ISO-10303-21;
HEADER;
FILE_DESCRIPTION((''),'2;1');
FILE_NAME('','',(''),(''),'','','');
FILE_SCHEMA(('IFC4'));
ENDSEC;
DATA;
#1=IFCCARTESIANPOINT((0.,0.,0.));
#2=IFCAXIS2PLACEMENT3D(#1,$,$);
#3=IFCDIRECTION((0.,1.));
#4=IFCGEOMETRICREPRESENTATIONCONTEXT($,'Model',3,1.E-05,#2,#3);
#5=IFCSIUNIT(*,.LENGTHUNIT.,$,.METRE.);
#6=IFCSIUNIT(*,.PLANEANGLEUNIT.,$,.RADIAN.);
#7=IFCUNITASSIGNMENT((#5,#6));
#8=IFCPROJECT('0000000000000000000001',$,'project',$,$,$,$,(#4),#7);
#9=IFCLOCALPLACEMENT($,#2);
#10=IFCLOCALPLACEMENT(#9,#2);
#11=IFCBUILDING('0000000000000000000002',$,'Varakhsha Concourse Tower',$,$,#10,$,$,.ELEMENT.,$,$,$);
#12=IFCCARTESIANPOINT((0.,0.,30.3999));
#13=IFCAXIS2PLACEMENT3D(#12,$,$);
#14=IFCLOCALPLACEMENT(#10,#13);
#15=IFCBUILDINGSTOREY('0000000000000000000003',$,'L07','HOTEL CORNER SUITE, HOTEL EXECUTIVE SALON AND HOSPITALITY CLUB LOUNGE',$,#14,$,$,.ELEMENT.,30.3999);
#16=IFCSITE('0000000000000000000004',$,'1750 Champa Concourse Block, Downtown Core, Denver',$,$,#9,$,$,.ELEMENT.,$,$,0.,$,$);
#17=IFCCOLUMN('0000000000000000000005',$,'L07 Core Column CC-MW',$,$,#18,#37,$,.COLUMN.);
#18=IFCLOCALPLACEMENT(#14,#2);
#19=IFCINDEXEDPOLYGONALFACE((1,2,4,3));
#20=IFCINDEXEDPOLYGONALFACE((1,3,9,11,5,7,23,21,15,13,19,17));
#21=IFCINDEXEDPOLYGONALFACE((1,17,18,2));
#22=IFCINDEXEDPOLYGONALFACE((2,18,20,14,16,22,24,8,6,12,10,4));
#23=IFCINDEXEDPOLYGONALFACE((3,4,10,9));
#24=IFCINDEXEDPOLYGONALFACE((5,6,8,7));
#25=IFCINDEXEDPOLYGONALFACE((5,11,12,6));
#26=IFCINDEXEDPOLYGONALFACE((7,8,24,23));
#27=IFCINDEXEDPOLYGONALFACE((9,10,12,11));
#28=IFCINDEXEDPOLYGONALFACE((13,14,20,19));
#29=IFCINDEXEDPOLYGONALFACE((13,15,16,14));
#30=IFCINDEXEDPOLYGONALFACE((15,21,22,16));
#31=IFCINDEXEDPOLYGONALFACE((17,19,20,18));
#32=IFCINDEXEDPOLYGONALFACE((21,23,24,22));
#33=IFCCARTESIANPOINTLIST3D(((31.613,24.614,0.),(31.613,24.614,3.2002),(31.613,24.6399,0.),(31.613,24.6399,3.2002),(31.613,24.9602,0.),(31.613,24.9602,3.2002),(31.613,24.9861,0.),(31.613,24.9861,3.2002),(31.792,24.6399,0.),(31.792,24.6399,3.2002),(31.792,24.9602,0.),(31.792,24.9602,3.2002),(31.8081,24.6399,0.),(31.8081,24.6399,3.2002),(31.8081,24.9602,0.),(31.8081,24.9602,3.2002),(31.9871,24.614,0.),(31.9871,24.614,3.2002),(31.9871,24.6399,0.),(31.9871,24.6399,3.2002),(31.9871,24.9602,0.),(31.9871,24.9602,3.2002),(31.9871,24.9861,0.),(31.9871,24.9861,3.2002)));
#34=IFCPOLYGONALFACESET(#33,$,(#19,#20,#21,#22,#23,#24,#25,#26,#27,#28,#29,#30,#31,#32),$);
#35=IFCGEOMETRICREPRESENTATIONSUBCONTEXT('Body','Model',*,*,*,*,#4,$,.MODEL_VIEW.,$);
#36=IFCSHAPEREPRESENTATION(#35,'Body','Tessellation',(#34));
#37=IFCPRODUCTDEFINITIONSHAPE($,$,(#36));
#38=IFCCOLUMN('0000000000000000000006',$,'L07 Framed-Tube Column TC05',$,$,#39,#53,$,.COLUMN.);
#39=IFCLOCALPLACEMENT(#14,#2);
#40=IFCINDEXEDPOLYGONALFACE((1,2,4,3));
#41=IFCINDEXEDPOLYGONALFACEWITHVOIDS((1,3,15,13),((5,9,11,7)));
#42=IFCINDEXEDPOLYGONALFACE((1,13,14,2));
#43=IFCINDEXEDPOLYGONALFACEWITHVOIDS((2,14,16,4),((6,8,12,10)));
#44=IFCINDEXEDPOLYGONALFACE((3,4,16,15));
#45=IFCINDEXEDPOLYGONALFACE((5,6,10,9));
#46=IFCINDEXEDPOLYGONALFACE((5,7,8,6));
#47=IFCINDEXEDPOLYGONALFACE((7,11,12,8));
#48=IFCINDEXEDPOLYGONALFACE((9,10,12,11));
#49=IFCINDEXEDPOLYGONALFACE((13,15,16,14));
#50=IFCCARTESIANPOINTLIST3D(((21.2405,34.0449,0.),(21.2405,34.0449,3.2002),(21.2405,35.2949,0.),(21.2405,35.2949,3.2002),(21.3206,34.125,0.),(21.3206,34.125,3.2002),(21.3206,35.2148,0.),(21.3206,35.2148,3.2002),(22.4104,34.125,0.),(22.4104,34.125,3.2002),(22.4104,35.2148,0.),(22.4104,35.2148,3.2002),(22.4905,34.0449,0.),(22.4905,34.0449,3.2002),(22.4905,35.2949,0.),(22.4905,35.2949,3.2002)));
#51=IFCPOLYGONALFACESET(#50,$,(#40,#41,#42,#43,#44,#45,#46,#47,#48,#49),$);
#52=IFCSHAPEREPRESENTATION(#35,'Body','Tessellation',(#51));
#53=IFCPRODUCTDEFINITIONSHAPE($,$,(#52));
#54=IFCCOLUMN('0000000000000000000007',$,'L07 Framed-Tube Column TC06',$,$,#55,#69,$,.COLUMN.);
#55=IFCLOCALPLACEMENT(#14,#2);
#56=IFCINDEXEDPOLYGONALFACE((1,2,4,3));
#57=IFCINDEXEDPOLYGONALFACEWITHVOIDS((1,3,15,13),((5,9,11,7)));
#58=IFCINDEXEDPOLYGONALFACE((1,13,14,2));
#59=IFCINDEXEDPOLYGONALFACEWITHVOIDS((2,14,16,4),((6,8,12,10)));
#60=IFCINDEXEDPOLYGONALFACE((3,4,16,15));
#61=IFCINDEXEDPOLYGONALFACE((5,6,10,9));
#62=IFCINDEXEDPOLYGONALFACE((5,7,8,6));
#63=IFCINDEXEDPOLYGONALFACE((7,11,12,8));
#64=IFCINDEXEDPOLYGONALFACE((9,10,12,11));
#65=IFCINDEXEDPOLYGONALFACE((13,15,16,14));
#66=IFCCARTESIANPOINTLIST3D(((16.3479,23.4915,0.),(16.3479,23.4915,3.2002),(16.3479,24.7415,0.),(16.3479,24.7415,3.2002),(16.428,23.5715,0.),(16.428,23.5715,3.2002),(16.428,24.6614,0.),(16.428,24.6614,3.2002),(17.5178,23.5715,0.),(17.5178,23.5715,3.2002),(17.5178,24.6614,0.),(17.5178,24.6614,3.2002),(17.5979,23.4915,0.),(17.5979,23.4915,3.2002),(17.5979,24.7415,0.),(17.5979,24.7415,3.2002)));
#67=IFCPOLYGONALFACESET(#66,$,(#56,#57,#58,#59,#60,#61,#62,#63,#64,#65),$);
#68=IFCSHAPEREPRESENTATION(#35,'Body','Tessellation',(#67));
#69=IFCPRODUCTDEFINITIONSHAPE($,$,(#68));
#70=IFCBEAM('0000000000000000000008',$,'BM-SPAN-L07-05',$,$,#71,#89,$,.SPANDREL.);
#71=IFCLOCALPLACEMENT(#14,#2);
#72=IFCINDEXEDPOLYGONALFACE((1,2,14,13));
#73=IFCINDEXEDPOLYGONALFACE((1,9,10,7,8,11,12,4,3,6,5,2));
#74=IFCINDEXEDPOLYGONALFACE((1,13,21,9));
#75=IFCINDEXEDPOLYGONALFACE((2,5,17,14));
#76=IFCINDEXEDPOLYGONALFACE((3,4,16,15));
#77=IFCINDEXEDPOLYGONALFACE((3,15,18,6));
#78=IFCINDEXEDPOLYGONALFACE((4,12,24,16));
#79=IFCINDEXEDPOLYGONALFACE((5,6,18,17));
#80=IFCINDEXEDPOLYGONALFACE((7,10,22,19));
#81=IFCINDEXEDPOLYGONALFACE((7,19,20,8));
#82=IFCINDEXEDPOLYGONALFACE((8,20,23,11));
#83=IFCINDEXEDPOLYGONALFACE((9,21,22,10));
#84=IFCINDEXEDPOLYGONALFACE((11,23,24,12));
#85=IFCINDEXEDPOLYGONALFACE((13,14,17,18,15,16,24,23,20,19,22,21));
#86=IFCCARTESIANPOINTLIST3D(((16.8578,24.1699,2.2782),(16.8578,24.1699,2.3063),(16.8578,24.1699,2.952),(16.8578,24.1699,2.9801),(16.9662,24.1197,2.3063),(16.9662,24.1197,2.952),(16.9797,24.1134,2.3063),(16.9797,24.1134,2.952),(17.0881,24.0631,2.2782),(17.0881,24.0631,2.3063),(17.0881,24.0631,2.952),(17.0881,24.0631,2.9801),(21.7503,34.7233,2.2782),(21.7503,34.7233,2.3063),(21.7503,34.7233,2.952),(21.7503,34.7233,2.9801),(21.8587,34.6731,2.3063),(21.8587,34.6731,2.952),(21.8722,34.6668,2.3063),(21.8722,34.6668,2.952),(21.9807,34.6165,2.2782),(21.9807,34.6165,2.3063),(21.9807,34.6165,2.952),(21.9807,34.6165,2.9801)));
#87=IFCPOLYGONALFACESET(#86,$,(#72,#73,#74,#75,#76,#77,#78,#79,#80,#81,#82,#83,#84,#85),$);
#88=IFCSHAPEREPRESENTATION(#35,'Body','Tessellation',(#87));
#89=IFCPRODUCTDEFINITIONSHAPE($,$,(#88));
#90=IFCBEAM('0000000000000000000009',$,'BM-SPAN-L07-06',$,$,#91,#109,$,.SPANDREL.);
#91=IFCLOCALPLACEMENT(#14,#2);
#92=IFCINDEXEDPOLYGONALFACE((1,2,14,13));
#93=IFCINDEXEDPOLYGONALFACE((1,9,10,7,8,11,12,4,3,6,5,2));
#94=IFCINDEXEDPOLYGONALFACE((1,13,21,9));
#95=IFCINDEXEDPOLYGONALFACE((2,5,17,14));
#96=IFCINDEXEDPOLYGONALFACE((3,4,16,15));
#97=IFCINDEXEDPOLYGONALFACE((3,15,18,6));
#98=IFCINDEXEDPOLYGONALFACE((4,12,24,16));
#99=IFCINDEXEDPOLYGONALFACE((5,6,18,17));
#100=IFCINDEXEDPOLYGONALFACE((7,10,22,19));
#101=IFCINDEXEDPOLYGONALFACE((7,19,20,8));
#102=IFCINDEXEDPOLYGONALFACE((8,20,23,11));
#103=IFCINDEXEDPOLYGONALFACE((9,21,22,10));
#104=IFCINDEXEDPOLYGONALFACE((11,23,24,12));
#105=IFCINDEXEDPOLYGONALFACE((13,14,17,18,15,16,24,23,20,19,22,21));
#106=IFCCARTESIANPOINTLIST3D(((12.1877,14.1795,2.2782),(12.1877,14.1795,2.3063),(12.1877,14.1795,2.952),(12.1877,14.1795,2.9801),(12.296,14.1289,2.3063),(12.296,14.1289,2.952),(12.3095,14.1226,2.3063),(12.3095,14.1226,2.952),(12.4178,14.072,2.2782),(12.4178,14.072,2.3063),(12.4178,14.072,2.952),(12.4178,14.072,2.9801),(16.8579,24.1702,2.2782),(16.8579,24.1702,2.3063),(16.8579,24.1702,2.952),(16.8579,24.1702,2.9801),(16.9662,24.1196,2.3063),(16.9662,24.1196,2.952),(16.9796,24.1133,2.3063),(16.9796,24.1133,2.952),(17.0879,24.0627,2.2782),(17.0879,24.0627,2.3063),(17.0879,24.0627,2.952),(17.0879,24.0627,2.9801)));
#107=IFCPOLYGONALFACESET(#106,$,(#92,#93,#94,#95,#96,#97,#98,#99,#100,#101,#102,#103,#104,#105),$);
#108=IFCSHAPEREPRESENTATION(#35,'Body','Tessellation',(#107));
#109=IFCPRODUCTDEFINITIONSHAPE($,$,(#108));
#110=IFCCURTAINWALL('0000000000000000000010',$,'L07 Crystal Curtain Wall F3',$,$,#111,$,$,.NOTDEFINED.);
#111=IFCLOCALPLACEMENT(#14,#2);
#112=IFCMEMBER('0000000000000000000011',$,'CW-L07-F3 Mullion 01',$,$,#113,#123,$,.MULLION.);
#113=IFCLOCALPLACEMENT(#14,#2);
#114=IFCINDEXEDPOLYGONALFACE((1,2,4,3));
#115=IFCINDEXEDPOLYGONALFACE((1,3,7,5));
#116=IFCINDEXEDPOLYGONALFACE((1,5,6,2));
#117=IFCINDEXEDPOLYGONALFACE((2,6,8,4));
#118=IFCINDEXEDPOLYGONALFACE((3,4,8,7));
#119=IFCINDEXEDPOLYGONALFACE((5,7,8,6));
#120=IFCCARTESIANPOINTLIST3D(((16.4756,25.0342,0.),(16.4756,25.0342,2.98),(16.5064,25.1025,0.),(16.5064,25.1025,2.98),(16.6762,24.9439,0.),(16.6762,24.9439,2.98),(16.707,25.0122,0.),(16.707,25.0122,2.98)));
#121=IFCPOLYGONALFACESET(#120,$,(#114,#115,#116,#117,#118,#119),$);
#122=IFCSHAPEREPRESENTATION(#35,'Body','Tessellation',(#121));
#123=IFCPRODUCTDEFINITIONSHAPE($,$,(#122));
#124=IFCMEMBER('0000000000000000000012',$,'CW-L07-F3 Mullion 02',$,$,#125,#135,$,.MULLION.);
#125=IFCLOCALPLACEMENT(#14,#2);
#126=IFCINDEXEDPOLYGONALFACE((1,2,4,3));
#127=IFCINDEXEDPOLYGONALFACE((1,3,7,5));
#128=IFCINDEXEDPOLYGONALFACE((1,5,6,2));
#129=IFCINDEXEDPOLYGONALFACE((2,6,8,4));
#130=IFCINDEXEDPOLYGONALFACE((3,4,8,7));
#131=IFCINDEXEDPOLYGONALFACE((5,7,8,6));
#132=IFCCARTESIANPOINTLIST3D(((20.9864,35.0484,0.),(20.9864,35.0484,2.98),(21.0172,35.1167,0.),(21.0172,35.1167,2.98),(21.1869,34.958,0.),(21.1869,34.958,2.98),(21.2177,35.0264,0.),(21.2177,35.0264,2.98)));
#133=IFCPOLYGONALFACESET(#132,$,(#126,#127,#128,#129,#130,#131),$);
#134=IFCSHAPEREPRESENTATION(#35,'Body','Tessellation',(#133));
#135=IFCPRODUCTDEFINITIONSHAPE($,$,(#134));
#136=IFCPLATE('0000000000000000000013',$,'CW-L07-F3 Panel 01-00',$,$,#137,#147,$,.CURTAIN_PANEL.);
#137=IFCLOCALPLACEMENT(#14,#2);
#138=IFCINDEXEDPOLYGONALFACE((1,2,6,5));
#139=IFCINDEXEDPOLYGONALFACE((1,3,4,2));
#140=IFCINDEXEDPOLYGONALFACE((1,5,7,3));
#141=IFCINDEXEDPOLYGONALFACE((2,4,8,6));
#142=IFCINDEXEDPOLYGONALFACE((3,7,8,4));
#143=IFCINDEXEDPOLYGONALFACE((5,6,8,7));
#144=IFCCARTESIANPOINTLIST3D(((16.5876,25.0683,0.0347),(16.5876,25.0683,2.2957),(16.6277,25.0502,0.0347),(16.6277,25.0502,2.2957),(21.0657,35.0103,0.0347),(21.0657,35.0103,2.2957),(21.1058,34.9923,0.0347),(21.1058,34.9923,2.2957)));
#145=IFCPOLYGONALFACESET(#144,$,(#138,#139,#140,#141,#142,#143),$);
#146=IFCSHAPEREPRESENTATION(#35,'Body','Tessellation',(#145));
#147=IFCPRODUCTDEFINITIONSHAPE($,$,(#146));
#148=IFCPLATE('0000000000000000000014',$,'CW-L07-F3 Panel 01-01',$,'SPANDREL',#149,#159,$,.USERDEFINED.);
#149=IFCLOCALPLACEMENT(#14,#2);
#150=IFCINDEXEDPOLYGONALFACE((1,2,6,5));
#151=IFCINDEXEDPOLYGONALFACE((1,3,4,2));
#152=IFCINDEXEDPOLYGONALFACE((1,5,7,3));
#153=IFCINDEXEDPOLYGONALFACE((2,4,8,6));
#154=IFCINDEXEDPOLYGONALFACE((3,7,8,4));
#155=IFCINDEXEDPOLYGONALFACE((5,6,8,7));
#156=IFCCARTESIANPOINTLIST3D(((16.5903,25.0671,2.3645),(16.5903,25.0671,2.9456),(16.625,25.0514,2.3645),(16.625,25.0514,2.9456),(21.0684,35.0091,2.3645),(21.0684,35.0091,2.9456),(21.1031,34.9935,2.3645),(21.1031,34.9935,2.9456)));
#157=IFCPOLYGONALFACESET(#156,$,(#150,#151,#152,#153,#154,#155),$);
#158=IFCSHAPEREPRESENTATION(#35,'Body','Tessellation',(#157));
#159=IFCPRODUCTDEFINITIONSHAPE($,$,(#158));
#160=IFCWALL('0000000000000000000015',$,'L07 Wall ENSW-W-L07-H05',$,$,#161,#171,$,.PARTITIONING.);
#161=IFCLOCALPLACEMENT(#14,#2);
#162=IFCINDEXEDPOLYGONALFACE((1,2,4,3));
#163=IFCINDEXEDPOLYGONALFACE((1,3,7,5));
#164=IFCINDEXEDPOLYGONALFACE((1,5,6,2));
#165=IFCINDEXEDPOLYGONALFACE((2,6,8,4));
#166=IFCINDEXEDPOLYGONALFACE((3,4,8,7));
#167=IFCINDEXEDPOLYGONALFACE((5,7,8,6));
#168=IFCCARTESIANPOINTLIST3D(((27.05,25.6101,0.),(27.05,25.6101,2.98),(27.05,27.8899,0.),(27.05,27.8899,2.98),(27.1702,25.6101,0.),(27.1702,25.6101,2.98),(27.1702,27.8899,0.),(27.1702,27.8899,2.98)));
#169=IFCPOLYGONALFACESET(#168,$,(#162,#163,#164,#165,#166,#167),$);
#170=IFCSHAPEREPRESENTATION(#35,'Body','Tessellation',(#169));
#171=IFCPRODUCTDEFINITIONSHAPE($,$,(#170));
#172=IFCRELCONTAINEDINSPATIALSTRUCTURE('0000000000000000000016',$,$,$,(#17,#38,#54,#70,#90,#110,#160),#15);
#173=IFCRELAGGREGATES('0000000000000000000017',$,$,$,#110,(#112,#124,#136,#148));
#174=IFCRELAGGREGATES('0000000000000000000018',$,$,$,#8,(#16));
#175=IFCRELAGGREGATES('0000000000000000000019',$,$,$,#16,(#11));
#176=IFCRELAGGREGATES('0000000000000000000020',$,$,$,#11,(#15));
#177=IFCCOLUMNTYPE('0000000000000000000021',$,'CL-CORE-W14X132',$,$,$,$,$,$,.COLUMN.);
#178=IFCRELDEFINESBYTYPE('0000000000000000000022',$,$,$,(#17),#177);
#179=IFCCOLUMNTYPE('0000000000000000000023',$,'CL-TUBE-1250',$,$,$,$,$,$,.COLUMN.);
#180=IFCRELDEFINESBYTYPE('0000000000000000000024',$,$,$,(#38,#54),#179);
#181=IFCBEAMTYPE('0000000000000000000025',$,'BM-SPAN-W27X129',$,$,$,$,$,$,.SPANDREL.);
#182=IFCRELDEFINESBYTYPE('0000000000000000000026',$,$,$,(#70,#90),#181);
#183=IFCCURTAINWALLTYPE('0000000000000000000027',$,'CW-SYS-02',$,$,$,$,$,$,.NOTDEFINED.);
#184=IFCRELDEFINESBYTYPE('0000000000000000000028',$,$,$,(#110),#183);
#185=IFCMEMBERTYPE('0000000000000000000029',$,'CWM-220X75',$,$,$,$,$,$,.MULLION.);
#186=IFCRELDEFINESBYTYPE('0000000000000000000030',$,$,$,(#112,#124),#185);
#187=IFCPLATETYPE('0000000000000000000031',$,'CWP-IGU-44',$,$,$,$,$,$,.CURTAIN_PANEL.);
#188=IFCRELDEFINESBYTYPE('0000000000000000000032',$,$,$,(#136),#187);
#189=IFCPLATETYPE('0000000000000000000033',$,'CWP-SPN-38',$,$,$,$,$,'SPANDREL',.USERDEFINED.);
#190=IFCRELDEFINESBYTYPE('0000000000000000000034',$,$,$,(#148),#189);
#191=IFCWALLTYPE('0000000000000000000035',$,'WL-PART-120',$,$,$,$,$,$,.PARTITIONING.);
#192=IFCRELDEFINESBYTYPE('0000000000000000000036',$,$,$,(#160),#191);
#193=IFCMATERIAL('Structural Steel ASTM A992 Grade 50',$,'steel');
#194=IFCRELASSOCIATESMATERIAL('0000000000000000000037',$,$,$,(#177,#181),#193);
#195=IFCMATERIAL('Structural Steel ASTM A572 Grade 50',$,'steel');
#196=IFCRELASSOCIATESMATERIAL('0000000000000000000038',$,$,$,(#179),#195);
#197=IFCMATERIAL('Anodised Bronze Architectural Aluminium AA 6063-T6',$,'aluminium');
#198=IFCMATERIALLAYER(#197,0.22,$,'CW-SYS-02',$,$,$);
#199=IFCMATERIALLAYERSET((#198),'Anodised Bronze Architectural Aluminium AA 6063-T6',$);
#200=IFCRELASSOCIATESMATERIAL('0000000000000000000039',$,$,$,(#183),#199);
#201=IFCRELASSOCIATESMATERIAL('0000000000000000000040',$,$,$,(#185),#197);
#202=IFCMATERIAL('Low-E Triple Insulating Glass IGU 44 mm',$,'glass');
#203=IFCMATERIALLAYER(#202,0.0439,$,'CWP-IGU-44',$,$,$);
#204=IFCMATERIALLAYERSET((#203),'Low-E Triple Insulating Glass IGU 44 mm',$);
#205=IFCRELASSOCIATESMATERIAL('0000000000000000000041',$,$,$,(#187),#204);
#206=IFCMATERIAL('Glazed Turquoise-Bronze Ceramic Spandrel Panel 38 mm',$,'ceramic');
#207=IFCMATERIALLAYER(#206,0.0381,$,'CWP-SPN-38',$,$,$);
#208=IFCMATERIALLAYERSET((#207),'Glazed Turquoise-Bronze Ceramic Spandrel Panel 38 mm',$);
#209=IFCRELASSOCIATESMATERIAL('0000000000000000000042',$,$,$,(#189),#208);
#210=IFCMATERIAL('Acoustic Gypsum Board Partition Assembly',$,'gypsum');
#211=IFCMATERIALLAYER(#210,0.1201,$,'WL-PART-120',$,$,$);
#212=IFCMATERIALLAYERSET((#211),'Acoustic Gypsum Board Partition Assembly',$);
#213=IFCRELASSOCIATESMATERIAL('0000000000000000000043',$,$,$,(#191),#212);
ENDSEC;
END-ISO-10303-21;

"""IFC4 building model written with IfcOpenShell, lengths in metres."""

from ifc_helpers import new_model, si_unit, direction, frame, frame_2d, origin, origin_2d, place, context, subcontext, project, spatial, rectangle, hollow_rectangle, i_section, extrude, source, transform, mapped, material, layer, layer_set, material_profile, profile_set, type_object, type_shapes, element, aggregate, save


model = new_model("IFC4")

# Units and contexts
model_context = context("Model", 3, precision=1e-05, world=origin(), true_north=direction((0.0, 1.0)))
body_context = subcontext(model_context, "Body", "Model", "MODEL_VIEW")
ifc_project = project(units=[si_unit("LENGTHUNIT", "METRE"), si_unit("PLANEANGLEUNIT", "RADIAN")], contexts=[model_context])

# Site, building, storey
site_placement = place(None, origin())
site = spatial("IfcSite", under=ifc_project, at=site_placement, Name="1750 Champa Concourse Block, Downtown Core, Denver", CompositionType="ELEMENT", RefElevation=0.0)
building_placement = place(site_placement, origin())
building = spatial("IfcBuilding", under=site, at=building_placement, Name="Varakhsha Concourse Tower", CompositionType="ELEMENT")
storey_placement = place(building_placement, frame((0.0, 0.0, 30.3999)))
storey = spatial("IfcBuildingStorey", under=building, at=storey_placement, Name="L07", Description="HOTEL CORNER SUITE, HOTEL EXECUTIVE SALON AND HOSPITALITY CLUB LOUNGE", CompositionType="ELEMENT", Elevation=30.3999)

# Columns
ifc_material_1 = material(Name="Structural Steel ASTM A992 Grade 50", Category="steel")
ifc_material_profile_1 = material_profile(ifc_material_1, i_section(OverallWidth=0.374, OverallDepth=0.3721, WebThickness=0.0161, FlangeThickness=0.0259, at=origin_2d()), Name="W14X132")
ifc_profile_set_1 = profile_set([ifc_material_profile_1], Name="Structural Steel ASTM A992 Grade 50")
column_type_1 = type_object("IfcColumnType", Name="CL-CORE-W14X132", PredefinedType="COLUMN", material=ifc_profile_set_1)
column_placement = place(storey_placement, frame((31.8, 24.8, 0.0), z_axis=(0.0, 0.0, 1.0), x_axis=(1.0, 0.0, 0.0)))
element("IfcColumn", 1, at=column_placement, inside=storey, type_object=column_type_1, Name="L07 Core Column CC-MW", PredefinedType="COLUMN", context=body_context, shape_type="SweptSolid", body=[
    extrude(i_section(OverallWidth=0.374, OverallDepth=0.3721, WebThickness=0.0161, FlangeThickness=0.0259, at=origin_2d()), origin(), (0.0, 0.0, 1.0), 3.2002),
])
ifc_material_2 = material(Name="Structural Steel ASTM A572 Grade 50", Category="steel")
ifc_material_profile_2 = material_profile(ifc_material_2, hollow_rectangle(XDim=1.25, YDim=1.25, WallThickness=0.0801, at=origin_2d()), Name="BOX 1250x1250x80")
ifc_profile_set_2 = profile_set([ifc_material_profile_2], Name="Structural Steel ASTM A572 Grade 50")
column_type_2 = type_object("IfcColumnType", Name="CL-TUBE-1250", PredefinedType="COLUMN", material=ifc_profile_set_2)
for number, where, z_axis, x_axis, name in (
    (2, (21.8655, 34.6699, 0.0), (0.0, 0.0, 1.0), (1.0, 0.0, 0.0), "L07 Framed-Tube Column TC05"),
    (3, (16.9729, 24.1165, 0.0), (0.0, 0.0, 1.0), (1.0, 0.0, 0.0), "L07 Framed-Tube Column TC06"),
):
    element("IfcColumn", number, at=place(storey_placement, frame(where, z_axis=z_axis, x_axis=x_axis)), inside=storey, type_object=column_type_2, Name=name, PredefinedType="COLUMN", context=body_context, shape_type="SweptSolid", body=[
        extrude(hollow_rectangle(XDim=1.25, YDim=1.25, WallThickness=0.0801, at=origin_2d()), origin(), (0.0, 0.0, 1.0), 3.2002),
    ])

# Beams
ifc_material_profile_3 = material_profile(ifc_material_1, i_section(OverallWidth=0.2539, OverallDepth=0.7019, WebThickness=0.0149, FlangeThickness=0.0281, at=origin_2d()), Name="W27X129")
ifc_profile_set_3 = profile_set([ifc_material_profile_3], Name="Structural Steel ASTM A992 Grade 50")
beam_type = type_object("IfcBeamType", Name="BM-SPAN-W27X129", PredefinedType="SPANDREL", material=ifc_profile_set_3)
beam_1_placement = place(storey_placement, frame((21.8655, 34.6699, 2.6292), z_axis=(-0.420599, -0.907247, 0.0), x_axis=(0.907247, -0.420599, 0.0)))
element("IfcBeam", 4, at=beam_1_placement, inside=storey, type_object=beam_type, Name="BM-SPAN-L07-05", PredefinedType="SPANDREL", context=body_context, shape_type="SweptSolid", body=[
    extrude(i_section(OverallWidth=0.2539, OverallDepth=0.7019, WebThickness=0.0149, FlangeThickness=0.0281, at=origin_2d()), origin(), (0.0, 0.0, 1.0), 11.6323),
])
beam_2_placement = place(storey_placement, frame((16.9729, 24.1165, 2.6292), z_axis=(-0.423468, -0.905911, 0.0), x_axis=(0.905911, -0.423468, 0.0)))
element("IfcBeam", 5, at=beam_2_placement, inside=storey, type_object=beam_type, Name="BM-SPAN-L07-06", PredefinedType="SPANDREL", context=body_context, shape_type="SweptSolid", body=[
    extrude(i_section(OverallWidth=0.2539, OverallDepth=0.7019, WebThickness=0.0149, FlangeThickness=0.0281, at=origin_2d()), origin(), (0.0, 0.0, 1.0), 11.0283),
])

# Curtain wall, members, plates
ifc_material_3 = material(Name="Anodised Bronze Architectural Aluminium AA 6063-T6", Category="aluminium")
ifc_layer_1 = layer(ifc_material_3, 0.22, Name="CW-SYS-02")
ifc_layer_set_1 = layer_set([ifc_layer_1], Name="Anodised Bronze Architectural Aluminium AA 6063-T6")
curtain_wall_type = type_object("IfcCurtainWallType", Name="CW-SYS-02", PredefinedType="NOTDEFINED", material=ifc_layer_set_1)
curtain_wall_placement = place(storey_placement, origin())
curtain_wall = element("IfcCurtainWall", 6, at=curtain_wall_placement, inside=storey, type_object=curtain_wall_type, Name="L07 Crystal Curtain Wall F3", PredefinedType="NOTDEFINED")
ifc_material_profile_4 = material_profile(ifc_material_3, rectangle(XDim=0.075, YDim=0.22, at=origin_2d()), Name="CWM-220X75")
ifc_profile_set_4 = profile_set([ifc_material_profile_4], Name="Anodised Bronze Architectural Aluminium AA 6063-T6")
member_type = type_object("IfcMemberType", Name="CWM-220X75", PredefinedType="MULLION", material=ifc_profile_set_4)
shared_shape_1 = source(origin(), body_context, "Body", "SweptSolid", [
    extrude(rectangle(XDim=0.075, YDim=0.22, at=origin_2d()), origin(), (0.0, 0.0, 1.0), 2.98),
])
type_shapes(member_type, [shared_shape_1])
member_1_placement = place(storey_placement, frame((16.5913, 25.0232, 0.0), z_axis=(0.0, 0.0, 1.0), x_axis=(0.410684, 0.911778, 0.0)))
member_1 = element("IfcMember", 7, at=member_1_placement, type_object=member_type, Name="CW-L07-F3 Mullion 01", PredefinedType="MULLION", context=body_context, shape_type="MappedRepresentation", body=[
    mapped(shared_shape_1, transform((0.0, 0.0, 0.0), scale=1.0)),
])
member_2_placement = place(storey_placement, frame((21.1021, 35.0374, 0.0), z_axis=(0.0, 0.0, 1.0), x_axis=(0.410684, 0.911778, 0.0)))
member_2 = element("IfcMember", 8, at=member_2_placement, type_object=member_type, Name="CW-L07-F3 Mullion 02", PredefinedType="MULLION", context=body_context, shape_type="MappedRepresentation", body=[
    mapped(shared_shape_1, transform((0.0, 0.0, 0.0), scale=1.0)),
])
ifc_material_4 = material(Name="Low-E Triple Insulating Glass IGU 44 mm", Category="glass")
ifc_layer_2 = layer(ifc_material_4, 0.0439, Name="CWP-IGU-44")
ifc_layer_set_2 = layer_set([ifc_layer_2], Name="Low-E Triple Insulating Glass IGU 44 mm")
plate_type_1 = type_object("IfcPlateType", Name="CWP-IGU-44", PredefinedType="CURTAIN_PANEL", material=ifc_layer_set_2)
shared_shape_2 = source(origin(), body_context, "Body", "SweptSolid", [
    extrude(rectangle(XDim=10.9041, YDim=0.0439, at=origin_2d()), origin(), (0.0, 0.0, 1.0), 2.261),
])
type_shapes(plate_type_1, [shared_shape_2])
plate_1_placement = place(storey_placement, frame((18.8467, 30.0303, 0.0347), z_axis=(0.0, 0.0, 1.0), x_axis=(0.410684, 0.911778, 0.0)))
plate_1 = element("IfcPlate", 9, at=plate_1_placement, type_object=plate_type_1, Name="CW-L07-F3 Panel 01-00", PredefinedType="CURTAIN_PANEL", context=body_context, shape_type="MappedRepresentation", body=[
    mapped(shared_shape_2, transform((0.0, 0.0, 0.0), scale=1.0)),
])
ifc_material_5 = material(Name="Glazed Turquoise-Bronze Ceramic Spandrel Panel 38 mm", Category="ceramic")
ifc_layer_3 = layer(ifc_material_5, 0.0381, Name="CWP-SPN-38")
ifc_layer_set_3 = layer_set([ifc_layer_3], Name="Glazed Turquoise-Bronze Ceramic Spandrel Panel 38 mm")
plate_type_2 = type_object("IfcPlateType", Name="CWP-SPN-38", ElementType="SPANDREL", PredefinedType="USERDEFINED", material=ifc_layer_set_3)
shared_shape_3 = source(origin(), body_context, "Body", "SweptSolid", [
    extrude(rectangle(XDim=10.9041, YDim=0.0381, at=origin_2d()), origin(), (0.0, 0.0, 1.0), 0.5811),
])
type_shapes(plate_type_2, [shared_shape_3])
plate_2_placement = place(storey_placement, frame((18.8467, 30.0303, 2.3645), z_axis=(0.0, 0.0, 1.0), x_axis=(0.410684, 0.911778, 0.0)))
plate_2 = element("IfcPlate", 10, at=plate_2_placement, type_object=plate_type_2, Name="CW-L07-F3 Panel 01-01", ObjectType="SPANDREL", PredefinedType="USERDEFINED", context=body_context, shape_type="MappedRepresentation", body=[
    mapped(shared_shape_3, transform((0.0, 0.0, 0.0), scale=1.0)),
])
aggregate(curtain_wall, [member_1, member_2, plate_1, plate_2])

# Wall
ifc_material_6 = material(Name="Acoustic Gypsum Board Partition Assembly", Category="gypsum")
ifc_layer_4 = layer(ifc_material_6, 0.1201, Name="WL-PART-120")
ifc_layer_set_4 = layer_set([ifc_layer_4], Name="Acoustic Gypsum Board Partition Assembly")
wall_type_1 = type_object("IfcWallType", Name="WL-PART-120", PredefinedType="PARTITIONING", material=ifc_layer_set_4)
wall_1_placement = place(storey_placement, frame((27.1101, 25.6101, 0.0), z_axis=(0.0, 0.0, 1.0), x_axis=(0.0, 1.0, 0.0)))
element("IfcWall", 11, at=wall_1_placement, inside=storey, type_object=wall_type_1, Name="L07 Wall ENSW-W-L07-H05", PredefinedType="PARTITIONING", context=body_context, shape_type="SweptSolid", body=[
    extrude(rectangle(XDim=2.2798, YDim=0.1201, at=frame_2d((1.1399, 0.0))), origin(), (0.0, 0.0, 1.0), 2.98),
])

save(model, "model.ifc")
